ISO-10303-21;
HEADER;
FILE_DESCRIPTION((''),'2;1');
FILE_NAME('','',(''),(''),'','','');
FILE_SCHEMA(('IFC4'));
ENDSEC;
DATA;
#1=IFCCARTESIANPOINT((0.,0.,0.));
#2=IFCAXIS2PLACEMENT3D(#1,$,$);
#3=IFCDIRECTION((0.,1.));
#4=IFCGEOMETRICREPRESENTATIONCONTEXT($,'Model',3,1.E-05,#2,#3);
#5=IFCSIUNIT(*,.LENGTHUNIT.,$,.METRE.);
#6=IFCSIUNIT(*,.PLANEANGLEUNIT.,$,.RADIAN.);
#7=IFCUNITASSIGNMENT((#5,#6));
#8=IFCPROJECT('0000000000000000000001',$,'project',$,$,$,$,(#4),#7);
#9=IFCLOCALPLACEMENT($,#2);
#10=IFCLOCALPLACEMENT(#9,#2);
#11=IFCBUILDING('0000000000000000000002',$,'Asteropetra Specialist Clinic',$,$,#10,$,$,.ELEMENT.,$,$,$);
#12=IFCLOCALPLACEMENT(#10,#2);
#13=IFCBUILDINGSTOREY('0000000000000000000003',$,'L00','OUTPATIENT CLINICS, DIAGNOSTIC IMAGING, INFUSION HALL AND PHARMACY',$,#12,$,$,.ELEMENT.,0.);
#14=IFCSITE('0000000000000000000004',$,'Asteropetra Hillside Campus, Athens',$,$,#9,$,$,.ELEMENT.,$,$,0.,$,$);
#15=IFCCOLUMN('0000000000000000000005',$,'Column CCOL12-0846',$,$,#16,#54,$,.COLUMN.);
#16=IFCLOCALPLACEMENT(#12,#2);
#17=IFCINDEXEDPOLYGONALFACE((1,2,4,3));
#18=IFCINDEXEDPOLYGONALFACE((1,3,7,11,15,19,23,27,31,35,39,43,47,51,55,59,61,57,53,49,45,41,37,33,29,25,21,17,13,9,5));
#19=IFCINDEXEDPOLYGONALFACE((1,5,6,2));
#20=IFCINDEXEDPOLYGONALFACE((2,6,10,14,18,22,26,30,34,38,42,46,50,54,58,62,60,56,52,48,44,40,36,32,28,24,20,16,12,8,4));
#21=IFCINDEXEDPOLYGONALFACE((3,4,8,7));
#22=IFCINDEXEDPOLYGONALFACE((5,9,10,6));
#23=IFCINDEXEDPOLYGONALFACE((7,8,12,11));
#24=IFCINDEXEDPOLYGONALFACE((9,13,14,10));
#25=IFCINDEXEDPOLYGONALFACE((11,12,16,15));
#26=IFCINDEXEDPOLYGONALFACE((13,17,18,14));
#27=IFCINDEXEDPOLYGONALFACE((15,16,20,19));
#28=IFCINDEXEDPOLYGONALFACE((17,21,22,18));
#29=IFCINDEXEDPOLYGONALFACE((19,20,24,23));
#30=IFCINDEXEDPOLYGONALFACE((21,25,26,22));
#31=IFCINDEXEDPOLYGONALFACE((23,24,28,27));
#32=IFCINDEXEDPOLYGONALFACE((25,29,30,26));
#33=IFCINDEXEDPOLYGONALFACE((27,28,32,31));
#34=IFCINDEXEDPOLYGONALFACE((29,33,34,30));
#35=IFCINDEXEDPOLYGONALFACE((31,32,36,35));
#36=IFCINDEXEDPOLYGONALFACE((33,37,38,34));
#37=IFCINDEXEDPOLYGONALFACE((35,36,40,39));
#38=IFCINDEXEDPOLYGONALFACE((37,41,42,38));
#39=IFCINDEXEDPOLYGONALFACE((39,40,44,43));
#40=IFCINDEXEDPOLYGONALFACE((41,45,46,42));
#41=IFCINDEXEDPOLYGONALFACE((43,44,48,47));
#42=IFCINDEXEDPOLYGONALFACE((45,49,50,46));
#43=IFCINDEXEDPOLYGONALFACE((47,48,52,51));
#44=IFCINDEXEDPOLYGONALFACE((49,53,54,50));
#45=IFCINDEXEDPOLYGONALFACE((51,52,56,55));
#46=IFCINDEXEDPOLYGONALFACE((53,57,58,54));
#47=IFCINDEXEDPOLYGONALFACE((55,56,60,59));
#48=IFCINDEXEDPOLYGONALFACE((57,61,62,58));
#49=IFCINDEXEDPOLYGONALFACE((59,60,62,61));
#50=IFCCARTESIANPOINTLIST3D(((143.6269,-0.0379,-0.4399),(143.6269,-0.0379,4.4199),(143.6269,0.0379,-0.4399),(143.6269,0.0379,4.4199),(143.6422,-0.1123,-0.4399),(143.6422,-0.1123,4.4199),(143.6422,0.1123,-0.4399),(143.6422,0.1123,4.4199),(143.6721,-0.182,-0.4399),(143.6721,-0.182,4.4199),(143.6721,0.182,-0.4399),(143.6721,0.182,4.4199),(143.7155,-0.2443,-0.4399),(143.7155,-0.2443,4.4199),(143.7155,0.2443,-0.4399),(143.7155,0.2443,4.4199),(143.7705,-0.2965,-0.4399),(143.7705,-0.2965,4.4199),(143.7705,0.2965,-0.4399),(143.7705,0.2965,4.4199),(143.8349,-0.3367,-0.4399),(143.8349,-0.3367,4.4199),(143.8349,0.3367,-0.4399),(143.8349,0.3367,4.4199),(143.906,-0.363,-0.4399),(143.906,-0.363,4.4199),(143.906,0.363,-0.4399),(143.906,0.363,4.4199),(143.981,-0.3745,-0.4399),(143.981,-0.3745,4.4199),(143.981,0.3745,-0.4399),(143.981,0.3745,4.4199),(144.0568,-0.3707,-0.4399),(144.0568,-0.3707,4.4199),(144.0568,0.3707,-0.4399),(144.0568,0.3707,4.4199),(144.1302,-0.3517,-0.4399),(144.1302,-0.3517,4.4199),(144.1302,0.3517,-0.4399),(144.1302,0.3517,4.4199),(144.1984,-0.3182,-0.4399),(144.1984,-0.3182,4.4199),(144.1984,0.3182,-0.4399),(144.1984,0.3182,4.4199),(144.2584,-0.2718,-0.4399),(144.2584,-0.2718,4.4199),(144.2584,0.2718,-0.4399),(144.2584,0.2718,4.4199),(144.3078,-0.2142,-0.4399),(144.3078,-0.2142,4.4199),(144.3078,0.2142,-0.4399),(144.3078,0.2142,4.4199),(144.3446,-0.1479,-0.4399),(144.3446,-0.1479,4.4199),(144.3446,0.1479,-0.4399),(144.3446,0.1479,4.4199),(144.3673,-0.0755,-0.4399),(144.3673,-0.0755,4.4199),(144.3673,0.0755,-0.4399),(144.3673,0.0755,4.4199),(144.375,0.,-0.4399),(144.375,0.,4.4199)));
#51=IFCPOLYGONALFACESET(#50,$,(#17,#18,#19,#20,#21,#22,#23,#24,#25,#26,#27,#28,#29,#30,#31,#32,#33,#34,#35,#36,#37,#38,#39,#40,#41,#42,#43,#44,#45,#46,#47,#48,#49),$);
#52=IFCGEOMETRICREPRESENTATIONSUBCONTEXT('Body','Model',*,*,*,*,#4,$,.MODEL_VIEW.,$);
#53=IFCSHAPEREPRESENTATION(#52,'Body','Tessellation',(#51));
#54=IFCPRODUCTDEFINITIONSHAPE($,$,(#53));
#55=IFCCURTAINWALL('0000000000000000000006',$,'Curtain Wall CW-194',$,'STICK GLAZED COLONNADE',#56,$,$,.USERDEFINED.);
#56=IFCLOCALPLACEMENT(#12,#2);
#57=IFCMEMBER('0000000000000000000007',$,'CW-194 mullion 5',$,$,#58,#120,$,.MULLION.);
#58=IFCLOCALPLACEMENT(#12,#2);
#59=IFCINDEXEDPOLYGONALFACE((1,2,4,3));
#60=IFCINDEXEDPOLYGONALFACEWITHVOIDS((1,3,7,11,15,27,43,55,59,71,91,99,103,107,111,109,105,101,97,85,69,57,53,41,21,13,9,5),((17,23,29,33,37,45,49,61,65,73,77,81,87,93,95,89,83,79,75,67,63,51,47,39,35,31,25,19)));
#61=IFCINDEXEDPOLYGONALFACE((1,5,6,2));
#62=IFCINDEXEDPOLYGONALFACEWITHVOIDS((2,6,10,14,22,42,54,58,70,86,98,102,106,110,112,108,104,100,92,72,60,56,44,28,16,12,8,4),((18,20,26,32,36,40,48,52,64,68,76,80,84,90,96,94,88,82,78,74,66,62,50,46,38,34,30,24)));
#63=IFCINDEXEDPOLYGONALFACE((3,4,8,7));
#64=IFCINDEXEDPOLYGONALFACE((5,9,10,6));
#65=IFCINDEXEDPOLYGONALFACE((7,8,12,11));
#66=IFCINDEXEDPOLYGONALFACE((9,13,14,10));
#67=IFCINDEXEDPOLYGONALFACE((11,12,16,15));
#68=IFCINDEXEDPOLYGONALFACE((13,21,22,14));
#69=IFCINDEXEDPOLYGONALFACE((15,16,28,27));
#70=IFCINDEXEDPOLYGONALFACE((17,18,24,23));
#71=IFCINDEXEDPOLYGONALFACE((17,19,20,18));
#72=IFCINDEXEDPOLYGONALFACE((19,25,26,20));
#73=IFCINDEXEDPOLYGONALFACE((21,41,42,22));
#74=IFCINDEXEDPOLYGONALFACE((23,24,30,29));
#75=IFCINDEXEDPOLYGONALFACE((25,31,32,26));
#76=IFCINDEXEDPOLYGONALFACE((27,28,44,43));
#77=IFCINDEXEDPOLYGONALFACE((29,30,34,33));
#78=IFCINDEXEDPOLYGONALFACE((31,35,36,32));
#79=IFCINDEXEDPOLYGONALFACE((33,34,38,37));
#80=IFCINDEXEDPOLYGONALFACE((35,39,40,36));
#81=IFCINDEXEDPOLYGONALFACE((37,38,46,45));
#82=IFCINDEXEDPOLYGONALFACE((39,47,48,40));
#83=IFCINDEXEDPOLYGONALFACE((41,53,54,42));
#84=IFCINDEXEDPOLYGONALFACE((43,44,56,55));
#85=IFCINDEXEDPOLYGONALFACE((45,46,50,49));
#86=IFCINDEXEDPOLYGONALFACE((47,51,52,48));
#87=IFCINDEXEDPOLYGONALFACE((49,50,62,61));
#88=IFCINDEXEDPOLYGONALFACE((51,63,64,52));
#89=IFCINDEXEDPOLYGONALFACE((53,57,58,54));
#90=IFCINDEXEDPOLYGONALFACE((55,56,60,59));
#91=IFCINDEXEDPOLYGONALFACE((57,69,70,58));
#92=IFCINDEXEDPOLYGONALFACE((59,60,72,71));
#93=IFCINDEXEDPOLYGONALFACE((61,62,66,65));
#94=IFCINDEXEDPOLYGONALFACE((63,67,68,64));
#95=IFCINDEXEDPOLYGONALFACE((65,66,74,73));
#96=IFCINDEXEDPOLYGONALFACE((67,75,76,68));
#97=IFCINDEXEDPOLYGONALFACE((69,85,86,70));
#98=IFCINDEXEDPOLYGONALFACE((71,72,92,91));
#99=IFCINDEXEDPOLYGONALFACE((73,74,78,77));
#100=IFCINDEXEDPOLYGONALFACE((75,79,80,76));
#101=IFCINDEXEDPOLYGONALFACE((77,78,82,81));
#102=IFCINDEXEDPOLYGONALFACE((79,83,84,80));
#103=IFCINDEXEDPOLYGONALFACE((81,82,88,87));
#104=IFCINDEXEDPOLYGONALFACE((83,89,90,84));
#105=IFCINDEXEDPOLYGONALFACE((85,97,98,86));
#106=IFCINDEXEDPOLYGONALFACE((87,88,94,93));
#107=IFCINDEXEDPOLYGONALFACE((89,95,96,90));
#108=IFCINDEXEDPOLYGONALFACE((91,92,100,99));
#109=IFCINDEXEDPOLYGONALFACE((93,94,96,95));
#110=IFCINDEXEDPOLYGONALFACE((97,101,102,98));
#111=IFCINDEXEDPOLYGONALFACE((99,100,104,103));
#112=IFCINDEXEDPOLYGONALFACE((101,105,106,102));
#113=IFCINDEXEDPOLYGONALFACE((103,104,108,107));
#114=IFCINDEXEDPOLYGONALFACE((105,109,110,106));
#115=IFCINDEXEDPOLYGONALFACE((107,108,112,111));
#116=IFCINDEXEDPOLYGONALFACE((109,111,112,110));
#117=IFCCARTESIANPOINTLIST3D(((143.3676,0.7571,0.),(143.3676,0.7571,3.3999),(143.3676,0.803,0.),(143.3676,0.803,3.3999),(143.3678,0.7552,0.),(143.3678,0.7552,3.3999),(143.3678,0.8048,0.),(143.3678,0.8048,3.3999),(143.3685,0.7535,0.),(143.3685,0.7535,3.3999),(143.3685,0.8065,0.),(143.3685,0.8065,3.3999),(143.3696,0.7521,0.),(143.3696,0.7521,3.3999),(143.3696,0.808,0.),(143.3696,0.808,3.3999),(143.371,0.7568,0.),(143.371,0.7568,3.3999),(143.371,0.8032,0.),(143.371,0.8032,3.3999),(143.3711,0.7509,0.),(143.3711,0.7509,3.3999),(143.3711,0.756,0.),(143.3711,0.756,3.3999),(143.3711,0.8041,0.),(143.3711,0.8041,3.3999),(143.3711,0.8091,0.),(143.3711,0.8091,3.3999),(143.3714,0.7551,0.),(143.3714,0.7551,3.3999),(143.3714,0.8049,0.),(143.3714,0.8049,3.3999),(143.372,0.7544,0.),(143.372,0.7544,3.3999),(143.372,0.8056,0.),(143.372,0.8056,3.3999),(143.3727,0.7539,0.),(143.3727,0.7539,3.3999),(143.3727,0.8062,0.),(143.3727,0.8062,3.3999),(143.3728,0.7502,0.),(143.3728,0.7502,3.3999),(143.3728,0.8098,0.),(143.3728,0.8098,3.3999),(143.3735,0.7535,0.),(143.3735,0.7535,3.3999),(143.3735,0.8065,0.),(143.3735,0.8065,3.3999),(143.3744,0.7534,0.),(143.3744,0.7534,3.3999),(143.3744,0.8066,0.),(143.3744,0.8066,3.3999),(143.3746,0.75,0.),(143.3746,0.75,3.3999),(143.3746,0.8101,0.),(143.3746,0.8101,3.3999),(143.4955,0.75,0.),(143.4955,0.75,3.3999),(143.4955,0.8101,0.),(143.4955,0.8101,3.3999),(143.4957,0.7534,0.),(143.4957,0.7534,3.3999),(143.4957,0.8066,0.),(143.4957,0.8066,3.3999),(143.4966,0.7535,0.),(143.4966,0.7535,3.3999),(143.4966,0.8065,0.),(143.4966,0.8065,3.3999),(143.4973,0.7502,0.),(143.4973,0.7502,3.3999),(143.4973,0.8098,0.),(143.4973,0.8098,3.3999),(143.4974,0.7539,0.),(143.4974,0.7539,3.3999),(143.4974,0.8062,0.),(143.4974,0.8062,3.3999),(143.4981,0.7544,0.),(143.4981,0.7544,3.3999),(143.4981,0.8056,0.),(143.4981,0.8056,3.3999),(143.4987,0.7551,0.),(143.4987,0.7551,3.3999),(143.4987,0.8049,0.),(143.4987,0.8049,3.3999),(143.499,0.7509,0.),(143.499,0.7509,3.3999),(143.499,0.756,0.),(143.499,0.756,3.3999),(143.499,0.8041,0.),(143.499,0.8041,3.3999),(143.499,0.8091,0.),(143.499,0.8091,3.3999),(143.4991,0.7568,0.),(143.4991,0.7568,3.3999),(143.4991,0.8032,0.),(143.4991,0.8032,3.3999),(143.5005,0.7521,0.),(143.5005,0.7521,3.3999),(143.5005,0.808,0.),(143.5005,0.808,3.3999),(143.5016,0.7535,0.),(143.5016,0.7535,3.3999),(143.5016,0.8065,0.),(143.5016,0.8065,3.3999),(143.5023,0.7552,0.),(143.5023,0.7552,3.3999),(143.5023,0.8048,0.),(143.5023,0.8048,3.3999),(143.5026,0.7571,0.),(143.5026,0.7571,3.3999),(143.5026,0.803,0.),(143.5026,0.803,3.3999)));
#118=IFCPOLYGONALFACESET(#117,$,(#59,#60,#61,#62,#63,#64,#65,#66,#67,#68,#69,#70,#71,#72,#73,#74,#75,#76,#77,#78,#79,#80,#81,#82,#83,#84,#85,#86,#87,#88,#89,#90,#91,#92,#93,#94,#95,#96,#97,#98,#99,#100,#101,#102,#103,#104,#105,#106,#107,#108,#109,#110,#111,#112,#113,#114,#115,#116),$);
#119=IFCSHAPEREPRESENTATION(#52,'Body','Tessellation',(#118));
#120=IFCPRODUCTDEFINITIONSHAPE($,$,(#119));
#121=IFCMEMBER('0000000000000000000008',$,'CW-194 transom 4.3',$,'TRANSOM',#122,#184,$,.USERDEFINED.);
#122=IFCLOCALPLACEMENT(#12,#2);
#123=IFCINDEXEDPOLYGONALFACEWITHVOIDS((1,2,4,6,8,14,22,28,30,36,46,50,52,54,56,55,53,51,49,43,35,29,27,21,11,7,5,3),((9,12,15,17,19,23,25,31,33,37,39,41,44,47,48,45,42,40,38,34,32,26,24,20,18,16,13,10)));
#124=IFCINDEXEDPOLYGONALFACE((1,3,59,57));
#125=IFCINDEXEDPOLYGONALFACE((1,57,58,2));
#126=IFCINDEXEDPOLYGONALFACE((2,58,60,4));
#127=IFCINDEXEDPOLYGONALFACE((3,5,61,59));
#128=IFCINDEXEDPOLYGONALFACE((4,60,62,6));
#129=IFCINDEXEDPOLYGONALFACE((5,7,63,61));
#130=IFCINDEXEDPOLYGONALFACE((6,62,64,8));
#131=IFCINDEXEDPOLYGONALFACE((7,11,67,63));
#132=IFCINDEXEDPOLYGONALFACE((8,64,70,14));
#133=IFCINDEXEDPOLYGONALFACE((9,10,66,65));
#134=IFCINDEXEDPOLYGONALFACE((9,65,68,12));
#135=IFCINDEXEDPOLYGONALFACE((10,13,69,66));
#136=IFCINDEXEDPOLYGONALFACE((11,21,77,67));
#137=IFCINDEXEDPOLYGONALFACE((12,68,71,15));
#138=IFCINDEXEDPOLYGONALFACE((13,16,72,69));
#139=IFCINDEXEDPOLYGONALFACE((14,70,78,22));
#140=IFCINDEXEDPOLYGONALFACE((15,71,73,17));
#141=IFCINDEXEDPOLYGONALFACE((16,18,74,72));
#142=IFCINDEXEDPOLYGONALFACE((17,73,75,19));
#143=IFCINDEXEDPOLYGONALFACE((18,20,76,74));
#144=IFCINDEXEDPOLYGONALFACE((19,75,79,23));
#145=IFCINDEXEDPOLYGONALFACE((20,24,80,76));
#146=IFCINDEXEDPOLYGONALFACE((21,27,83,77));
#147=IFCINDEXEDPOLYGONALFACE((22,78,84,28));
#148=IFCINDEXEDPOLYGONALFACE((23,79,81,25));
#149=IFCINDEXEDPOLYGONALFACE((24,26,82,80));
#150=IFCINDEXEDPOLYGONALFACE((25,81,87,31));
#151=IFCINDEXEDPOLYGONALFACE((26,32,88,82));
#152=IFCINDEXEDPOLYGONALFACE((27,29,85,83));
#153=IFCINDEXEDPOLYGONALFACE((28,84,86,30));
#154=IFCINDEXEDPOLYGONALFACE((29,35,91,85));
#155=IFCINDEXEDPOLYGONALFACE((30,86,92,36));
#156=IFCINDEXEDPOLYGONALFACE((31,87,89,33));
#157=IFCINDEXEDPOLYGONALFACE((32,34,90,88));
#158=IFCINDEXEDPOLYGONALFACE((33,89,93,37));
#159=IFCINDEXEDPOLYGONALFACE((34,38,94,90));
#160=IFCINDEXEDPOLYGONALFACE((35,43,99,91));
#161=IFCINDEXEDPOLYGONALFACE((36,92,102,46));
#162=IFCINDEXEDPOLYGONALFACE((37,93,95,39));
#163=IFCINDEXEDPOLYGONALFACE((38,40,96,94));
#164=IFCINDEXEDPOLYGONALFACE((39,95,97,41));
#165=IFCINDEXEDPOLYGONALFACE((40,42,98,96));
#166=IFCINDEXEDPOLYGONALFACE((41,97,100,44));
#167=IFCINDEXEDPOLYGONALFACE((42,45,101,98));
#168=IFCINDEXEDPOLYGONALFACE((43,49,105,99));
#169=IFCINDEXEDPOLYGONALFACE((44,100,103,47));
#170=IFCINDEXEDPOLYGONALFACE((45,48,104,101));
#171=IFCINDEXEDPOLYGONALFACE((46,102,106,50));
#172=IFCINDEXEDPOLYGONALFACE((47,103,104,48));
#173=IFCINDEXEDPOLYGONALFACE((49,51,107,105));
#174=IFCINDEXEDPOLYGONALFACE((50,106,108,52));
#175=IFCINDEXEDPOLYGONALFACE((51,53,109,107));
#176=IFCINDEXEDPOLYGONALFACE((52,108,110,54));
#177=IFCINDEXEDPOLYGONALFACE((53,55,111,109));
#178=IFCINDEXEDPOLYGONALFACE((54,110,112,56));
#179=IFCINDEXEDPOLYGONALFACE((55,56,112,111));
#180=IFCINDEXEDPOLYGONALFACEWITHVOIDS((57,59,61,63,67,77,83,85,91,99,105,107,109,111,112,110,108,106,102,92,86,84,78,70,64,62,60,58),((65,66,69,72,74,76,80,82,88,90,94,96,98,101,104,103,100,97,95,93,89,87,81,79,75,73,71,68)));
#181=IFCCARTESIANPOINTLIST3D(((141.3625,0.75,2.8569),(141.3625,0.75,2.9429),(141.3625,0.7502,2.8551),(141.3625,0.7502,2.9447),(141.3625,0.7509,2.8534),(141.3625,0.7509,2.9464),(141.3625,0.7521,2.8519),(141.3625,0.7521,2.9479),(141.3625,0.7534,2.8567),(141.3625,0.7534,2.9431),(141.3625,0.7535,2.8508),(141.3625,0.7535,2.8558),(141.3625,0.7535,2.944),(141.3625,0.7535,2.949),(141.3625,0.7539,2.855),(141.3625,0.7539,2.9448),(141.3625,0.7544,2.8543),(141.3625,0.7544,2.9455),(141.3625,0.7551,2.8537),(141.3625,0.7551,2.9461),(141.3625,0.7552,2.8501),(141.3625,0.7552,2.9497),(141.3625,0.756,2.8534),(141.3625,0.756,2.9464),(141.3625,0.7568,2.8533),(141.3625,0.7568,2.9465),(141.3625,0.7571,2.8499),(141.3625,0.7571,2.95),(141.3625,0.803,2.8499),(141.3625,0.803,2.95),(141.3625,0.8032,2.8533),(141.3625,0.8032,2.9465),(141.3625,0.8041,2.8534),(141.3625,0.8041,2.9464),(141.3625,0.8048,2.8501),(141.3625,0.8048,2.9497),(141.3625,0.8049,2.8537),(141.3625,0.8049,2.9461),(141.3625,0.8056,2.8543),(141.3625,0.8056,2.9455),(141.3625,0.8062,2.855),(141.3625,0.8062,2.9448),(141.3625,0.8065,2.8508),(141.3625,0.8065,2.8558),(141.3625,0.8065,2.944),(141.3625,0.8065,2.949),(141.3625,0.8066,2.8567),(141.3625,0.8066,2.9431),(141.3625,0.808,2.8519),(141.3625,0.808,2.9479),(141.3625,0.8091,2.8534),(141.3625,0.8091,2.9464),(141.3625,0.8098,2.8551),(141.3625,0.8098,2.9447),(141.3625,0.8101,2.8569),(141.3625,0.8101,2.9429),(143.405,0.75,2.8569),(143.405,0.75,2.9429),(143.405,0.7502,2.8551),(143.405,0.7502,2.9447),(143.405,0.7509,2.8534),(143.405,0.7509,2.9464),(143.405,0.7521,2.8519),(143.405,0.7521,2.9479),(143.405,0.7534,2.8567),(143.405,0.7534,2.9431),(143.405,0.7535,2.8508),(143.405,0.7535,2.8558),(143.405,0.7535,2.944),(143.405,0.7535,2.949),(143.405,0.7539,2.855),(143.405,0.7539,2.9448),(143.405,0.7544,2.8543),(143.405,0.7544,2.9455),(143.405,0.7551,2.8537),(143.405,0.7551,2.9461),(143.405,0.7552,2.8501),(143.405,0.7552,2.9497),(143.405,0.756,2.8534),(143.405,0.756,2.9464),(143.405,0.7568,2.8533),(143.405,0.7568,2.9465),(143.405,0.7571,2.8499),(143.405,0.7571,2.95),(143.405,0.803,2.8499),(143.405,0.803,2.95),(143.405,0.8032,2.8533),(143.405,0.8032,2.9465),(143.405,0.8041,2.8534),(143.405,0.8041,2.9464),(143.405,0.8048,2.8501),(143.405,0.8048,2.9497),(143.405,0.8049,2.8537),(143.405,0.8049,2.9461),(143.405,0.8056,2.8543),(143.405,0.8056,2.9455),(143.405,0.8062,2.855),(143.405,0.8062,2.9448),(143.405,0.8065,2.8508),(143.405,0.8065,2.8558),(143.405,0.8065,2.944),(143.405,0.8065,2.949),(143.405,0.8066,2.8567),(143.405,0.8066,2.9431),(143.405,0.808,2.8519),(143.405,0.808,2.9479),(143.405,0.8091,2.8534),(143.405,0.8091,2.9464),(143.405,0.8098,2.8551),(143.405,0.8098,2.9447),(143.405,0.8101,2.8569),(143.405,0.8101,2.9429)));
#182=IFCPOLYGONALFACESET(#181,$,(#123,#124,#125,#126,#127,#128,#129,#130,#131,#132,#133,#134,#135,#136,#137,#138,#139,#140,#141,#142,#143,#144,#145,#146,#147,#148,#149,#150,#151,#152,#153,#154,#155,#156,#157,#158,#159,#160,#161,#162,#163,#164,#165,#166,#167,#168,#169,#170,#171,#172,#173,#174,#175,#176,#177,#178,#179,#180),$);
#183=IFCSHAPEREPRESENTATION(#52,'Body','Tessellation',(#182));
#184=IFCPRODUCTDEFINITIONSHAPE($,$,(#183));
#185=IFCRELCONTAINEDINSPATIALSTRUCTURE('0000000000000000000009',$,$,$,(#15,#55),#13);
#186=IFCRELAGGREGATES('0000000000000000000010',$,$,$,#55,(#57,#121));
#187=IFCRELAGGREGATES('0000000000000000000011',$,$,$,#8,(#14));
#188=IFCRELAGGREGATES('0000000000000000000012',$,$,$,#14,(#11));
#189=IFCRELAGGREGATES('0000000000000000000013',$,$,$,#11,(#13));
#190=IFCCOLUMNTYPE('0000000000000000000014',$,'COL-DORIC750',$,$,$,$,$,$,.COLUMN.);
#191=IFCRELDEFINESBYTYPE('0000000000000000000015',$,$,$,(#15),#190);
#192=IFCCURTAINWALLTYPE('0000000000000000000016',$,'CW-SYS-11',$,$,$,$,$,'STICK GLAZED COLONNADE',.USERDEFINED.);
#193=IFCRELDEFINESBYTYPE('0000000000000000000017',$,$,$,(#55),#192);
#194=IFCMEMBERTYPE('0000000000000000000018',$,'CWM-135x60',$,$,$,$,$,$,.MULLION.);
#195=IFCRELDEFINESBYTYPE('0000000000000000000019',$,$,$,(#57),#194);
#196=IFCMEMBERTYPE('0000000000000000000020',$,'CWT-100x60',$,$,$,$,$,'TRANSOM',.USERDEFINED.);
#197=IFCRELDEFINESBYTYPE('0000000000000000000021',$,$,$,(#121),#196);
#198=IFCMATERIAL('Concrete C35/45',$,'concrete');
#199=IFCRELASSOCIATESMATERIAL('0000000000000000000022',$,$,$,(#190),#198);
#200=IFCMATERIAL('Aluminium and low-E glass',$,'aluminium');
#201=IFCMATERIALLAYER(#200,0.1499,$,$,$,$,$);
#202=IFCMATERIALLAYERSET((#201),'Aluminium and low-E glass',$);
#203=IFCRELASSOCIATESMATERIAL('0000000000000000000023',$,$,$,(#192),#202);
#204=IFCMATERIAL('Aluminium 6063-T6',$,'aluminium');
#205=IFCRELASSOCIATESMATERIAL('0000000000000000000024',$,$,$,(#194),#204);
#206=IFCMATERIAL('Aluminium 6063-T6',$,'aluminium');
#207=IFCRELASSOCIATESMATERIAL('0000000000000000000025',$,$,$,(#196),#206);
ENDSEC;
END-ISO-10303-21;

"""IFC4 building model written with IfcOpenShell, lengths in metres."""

from ifc_helpers import new_model, si_unit, direction, frame, origin, origin_2d, place, context, subcontext, project, spatial, hollow_rectangle, circle, extrude, material, layer, layer_set, material_profile, profile_set, type_object, element, aggregate, save


model = new_model("IFC4")

# Units and contexts
model_context = context("Model", 3, precision=1e-05, world=origin(), true_north=direction((0.0, 1.0)))
body_context = subcontext(model_context, "Body", "Model", "MODEL_VIEW")
ifc_project = project(units=[si_unit("LENGTHUNIT", "METRE"), si_unit("PLANEANGLEUNIT", "RADIAN")], contexts=[model_context])

# Site, building, storey
site_placement = place(None, origin())
site = spatial("IfcSite", under=ifc_project, at=site_placement, Name="Asteropetra Hillside Campus, Athens", CompositionType="ELEMENT", RefElevation=0.0)
building_placement = place(site_placement, origin())
building = spatial("IfcBuilding", under=site, at=building_placement, Name="Asteropetra Specialist Clinic", CompositionType="ELEMENT")
storey_placement = place(building_placement, origin())
storey = spatial("IfcBuildingStorey", under=building, at=storey_placement, Name="L00", Description="OUTPATIENT CLINICS, DIAGNOSTIC IMAGING, INFUSION HALL AND PHARMACY", CompositionType="ELEMENT", Elevation=0.0)

# Column
ifc_material_1 = material(Name="Concrete C35/45", Category="concrete")
ifc_material_profile_1 = material_profile(ifc_material_1, circle(Radius=0.375, at=origin_2d()), Name="RCC D750")
ifc_profile_set_1 = profile_set([ifc_material_profile_1], Name="Concrete C35/45")
column_type = type_object("IfcColumnType", Name="COL-DORIC750", PredefinedType="COLUMN", material=ifc_profile_set_1)
column_placement = place(storey_placement, frame((144.0, 0.0, -0.4399), z_axis=(0.0, 0.0, 1.0), x_axis=(1.0, 0.0, 0.0)))
element("IfcColumn", 1, at=column_placement, inside=storey, type_object=column_type, Name="Column CCOL12-0846", PredefinedType="COLUMN", context=body_context, shape_type="SweptSolid", body=[
    extrude(circle(Radius=0.375, at=origin_2d()), origin(), (0.0, 0.0, 1.0), 4.8599),
])

# Curtain wall, members
ifc_material_2 = material(Name="Aluminium and low-E glass", Category="aluminium")
ifc_layer_1 = layer(ifc_material_2, 0.1499)
ifc_layer_set_1 = layer_set([ifc_layer_1], Name="Aluminium and low-E glass")
curtain_wall_type = type_object("IfcCurtainWallType", Name="CW-SYS-11", ElementType="STICK GLAZED COLONNADE", PredefinedType="USERDEFINED", material=ifc_layer_set_1)
curtain_wall_placement = place(storey_placement, origin())
curtain_wall = element("IfcCurtainWall", 2, at=curtain_wall_placement, inside=storey, type_object=curtain_wall_type, Name="Curtain Wall CW-194", ObjectType="STICK GLAZED COLONNADE", PredefinedType="USERDEFINED")
ifc_material_3 = material(Name="Aluminium 6063-T6", Category="aluminium")
ifc_material_profile_2 = material_profile(ifc_material_3, hollow_rectangle(XDim=0.0601, YDim=0.135, WallThickness=0.0034, InnerFilletRadius=0.0034, OuterFilletRadius=0.0071, at=origin_2d()), Name="MUL 135x60x3.5")
ifc_profile_set_2 = profile_set([ifc_material_profile_2], Name="Aluminium 6063-T6")
member_type_1 = type_object("IfcMemberType", Name="CWM-135x60", PredefinedType="MULLION", material=ifc_profile_set_2)
member_1_placement = place(storey_placement, frame((143.4351, 0.78, 0.0), z_axis=(0.0, 0.0, 1.0), x_axis=(0.0, 1.0, 0.0)))
member_1 = element("IfcMember", 3, at=member_1_placement, type_object=member_type_1, Name="CW-194 mullion 5", PredefinedType="MULLION", context=body_context, shape_type="SweptSolid", body=[
    extrude(hollow_rectangle(XDim=0.0601, YDim=0.135, WallThickness=0.0034, InnerFilletRadius=0.0034, OuterFilletRadius=0.0071, at=origin_2d()), origin(), (0.0, 0.0, 1.0), 3.3999),
])
ifc_material_4 = material(Name="Aluminium 6063-T6", Category="aluminium")
ifc_material_profile_3 = material_profile(ifc_material_4, hollow_rectangle(XDim=0.0601, YDim=0.1001, WallThickness=0.0034, InnerFilletRadius=0.0034, OuterFilletRadius=0.0071, at=origin_2d()), Name="TRN 100x60x3.5")
ifc_profile_set_3 = profile_set([ifc_material_profile_3], Name="Aluminium 6063-T6")
member_type_2 = type_object("IfcMemberType", Name="CWT-100x60", ElementType="TRANSOM", PredefinedType="USERDEFINED", material=ifc_profile_set_3)
member_2_placement = place(storey_placement, frame((141.3625, 0.78, 2.8999), z_axis=(1.0, 0.0, 0.0), x_axis=(0.0, 1.0, 0.0)))
member_2 = element("IfcMember", 4, at=member_2_placement, type_object=member_type_2, Name="CW-194 transom 4.3", ObjectType="TRANSOM", PredefinedType="USERDEFINED", context=body_context, shape_type="SweptSolid", body=[
    extrude(hollow_rectangle(XDim=0.0601, YDim=0.1001, WallThickness=0.0034, InnerFilletRadius=0.0034, OuterFilletRadius=0.0071, at=origin_2d()), origin(), (0.0, 0.0, 1.0), 2.0425),
])
aggregate(curtain_wall, [member_1, member_2])

save(model, "model.ifc")
